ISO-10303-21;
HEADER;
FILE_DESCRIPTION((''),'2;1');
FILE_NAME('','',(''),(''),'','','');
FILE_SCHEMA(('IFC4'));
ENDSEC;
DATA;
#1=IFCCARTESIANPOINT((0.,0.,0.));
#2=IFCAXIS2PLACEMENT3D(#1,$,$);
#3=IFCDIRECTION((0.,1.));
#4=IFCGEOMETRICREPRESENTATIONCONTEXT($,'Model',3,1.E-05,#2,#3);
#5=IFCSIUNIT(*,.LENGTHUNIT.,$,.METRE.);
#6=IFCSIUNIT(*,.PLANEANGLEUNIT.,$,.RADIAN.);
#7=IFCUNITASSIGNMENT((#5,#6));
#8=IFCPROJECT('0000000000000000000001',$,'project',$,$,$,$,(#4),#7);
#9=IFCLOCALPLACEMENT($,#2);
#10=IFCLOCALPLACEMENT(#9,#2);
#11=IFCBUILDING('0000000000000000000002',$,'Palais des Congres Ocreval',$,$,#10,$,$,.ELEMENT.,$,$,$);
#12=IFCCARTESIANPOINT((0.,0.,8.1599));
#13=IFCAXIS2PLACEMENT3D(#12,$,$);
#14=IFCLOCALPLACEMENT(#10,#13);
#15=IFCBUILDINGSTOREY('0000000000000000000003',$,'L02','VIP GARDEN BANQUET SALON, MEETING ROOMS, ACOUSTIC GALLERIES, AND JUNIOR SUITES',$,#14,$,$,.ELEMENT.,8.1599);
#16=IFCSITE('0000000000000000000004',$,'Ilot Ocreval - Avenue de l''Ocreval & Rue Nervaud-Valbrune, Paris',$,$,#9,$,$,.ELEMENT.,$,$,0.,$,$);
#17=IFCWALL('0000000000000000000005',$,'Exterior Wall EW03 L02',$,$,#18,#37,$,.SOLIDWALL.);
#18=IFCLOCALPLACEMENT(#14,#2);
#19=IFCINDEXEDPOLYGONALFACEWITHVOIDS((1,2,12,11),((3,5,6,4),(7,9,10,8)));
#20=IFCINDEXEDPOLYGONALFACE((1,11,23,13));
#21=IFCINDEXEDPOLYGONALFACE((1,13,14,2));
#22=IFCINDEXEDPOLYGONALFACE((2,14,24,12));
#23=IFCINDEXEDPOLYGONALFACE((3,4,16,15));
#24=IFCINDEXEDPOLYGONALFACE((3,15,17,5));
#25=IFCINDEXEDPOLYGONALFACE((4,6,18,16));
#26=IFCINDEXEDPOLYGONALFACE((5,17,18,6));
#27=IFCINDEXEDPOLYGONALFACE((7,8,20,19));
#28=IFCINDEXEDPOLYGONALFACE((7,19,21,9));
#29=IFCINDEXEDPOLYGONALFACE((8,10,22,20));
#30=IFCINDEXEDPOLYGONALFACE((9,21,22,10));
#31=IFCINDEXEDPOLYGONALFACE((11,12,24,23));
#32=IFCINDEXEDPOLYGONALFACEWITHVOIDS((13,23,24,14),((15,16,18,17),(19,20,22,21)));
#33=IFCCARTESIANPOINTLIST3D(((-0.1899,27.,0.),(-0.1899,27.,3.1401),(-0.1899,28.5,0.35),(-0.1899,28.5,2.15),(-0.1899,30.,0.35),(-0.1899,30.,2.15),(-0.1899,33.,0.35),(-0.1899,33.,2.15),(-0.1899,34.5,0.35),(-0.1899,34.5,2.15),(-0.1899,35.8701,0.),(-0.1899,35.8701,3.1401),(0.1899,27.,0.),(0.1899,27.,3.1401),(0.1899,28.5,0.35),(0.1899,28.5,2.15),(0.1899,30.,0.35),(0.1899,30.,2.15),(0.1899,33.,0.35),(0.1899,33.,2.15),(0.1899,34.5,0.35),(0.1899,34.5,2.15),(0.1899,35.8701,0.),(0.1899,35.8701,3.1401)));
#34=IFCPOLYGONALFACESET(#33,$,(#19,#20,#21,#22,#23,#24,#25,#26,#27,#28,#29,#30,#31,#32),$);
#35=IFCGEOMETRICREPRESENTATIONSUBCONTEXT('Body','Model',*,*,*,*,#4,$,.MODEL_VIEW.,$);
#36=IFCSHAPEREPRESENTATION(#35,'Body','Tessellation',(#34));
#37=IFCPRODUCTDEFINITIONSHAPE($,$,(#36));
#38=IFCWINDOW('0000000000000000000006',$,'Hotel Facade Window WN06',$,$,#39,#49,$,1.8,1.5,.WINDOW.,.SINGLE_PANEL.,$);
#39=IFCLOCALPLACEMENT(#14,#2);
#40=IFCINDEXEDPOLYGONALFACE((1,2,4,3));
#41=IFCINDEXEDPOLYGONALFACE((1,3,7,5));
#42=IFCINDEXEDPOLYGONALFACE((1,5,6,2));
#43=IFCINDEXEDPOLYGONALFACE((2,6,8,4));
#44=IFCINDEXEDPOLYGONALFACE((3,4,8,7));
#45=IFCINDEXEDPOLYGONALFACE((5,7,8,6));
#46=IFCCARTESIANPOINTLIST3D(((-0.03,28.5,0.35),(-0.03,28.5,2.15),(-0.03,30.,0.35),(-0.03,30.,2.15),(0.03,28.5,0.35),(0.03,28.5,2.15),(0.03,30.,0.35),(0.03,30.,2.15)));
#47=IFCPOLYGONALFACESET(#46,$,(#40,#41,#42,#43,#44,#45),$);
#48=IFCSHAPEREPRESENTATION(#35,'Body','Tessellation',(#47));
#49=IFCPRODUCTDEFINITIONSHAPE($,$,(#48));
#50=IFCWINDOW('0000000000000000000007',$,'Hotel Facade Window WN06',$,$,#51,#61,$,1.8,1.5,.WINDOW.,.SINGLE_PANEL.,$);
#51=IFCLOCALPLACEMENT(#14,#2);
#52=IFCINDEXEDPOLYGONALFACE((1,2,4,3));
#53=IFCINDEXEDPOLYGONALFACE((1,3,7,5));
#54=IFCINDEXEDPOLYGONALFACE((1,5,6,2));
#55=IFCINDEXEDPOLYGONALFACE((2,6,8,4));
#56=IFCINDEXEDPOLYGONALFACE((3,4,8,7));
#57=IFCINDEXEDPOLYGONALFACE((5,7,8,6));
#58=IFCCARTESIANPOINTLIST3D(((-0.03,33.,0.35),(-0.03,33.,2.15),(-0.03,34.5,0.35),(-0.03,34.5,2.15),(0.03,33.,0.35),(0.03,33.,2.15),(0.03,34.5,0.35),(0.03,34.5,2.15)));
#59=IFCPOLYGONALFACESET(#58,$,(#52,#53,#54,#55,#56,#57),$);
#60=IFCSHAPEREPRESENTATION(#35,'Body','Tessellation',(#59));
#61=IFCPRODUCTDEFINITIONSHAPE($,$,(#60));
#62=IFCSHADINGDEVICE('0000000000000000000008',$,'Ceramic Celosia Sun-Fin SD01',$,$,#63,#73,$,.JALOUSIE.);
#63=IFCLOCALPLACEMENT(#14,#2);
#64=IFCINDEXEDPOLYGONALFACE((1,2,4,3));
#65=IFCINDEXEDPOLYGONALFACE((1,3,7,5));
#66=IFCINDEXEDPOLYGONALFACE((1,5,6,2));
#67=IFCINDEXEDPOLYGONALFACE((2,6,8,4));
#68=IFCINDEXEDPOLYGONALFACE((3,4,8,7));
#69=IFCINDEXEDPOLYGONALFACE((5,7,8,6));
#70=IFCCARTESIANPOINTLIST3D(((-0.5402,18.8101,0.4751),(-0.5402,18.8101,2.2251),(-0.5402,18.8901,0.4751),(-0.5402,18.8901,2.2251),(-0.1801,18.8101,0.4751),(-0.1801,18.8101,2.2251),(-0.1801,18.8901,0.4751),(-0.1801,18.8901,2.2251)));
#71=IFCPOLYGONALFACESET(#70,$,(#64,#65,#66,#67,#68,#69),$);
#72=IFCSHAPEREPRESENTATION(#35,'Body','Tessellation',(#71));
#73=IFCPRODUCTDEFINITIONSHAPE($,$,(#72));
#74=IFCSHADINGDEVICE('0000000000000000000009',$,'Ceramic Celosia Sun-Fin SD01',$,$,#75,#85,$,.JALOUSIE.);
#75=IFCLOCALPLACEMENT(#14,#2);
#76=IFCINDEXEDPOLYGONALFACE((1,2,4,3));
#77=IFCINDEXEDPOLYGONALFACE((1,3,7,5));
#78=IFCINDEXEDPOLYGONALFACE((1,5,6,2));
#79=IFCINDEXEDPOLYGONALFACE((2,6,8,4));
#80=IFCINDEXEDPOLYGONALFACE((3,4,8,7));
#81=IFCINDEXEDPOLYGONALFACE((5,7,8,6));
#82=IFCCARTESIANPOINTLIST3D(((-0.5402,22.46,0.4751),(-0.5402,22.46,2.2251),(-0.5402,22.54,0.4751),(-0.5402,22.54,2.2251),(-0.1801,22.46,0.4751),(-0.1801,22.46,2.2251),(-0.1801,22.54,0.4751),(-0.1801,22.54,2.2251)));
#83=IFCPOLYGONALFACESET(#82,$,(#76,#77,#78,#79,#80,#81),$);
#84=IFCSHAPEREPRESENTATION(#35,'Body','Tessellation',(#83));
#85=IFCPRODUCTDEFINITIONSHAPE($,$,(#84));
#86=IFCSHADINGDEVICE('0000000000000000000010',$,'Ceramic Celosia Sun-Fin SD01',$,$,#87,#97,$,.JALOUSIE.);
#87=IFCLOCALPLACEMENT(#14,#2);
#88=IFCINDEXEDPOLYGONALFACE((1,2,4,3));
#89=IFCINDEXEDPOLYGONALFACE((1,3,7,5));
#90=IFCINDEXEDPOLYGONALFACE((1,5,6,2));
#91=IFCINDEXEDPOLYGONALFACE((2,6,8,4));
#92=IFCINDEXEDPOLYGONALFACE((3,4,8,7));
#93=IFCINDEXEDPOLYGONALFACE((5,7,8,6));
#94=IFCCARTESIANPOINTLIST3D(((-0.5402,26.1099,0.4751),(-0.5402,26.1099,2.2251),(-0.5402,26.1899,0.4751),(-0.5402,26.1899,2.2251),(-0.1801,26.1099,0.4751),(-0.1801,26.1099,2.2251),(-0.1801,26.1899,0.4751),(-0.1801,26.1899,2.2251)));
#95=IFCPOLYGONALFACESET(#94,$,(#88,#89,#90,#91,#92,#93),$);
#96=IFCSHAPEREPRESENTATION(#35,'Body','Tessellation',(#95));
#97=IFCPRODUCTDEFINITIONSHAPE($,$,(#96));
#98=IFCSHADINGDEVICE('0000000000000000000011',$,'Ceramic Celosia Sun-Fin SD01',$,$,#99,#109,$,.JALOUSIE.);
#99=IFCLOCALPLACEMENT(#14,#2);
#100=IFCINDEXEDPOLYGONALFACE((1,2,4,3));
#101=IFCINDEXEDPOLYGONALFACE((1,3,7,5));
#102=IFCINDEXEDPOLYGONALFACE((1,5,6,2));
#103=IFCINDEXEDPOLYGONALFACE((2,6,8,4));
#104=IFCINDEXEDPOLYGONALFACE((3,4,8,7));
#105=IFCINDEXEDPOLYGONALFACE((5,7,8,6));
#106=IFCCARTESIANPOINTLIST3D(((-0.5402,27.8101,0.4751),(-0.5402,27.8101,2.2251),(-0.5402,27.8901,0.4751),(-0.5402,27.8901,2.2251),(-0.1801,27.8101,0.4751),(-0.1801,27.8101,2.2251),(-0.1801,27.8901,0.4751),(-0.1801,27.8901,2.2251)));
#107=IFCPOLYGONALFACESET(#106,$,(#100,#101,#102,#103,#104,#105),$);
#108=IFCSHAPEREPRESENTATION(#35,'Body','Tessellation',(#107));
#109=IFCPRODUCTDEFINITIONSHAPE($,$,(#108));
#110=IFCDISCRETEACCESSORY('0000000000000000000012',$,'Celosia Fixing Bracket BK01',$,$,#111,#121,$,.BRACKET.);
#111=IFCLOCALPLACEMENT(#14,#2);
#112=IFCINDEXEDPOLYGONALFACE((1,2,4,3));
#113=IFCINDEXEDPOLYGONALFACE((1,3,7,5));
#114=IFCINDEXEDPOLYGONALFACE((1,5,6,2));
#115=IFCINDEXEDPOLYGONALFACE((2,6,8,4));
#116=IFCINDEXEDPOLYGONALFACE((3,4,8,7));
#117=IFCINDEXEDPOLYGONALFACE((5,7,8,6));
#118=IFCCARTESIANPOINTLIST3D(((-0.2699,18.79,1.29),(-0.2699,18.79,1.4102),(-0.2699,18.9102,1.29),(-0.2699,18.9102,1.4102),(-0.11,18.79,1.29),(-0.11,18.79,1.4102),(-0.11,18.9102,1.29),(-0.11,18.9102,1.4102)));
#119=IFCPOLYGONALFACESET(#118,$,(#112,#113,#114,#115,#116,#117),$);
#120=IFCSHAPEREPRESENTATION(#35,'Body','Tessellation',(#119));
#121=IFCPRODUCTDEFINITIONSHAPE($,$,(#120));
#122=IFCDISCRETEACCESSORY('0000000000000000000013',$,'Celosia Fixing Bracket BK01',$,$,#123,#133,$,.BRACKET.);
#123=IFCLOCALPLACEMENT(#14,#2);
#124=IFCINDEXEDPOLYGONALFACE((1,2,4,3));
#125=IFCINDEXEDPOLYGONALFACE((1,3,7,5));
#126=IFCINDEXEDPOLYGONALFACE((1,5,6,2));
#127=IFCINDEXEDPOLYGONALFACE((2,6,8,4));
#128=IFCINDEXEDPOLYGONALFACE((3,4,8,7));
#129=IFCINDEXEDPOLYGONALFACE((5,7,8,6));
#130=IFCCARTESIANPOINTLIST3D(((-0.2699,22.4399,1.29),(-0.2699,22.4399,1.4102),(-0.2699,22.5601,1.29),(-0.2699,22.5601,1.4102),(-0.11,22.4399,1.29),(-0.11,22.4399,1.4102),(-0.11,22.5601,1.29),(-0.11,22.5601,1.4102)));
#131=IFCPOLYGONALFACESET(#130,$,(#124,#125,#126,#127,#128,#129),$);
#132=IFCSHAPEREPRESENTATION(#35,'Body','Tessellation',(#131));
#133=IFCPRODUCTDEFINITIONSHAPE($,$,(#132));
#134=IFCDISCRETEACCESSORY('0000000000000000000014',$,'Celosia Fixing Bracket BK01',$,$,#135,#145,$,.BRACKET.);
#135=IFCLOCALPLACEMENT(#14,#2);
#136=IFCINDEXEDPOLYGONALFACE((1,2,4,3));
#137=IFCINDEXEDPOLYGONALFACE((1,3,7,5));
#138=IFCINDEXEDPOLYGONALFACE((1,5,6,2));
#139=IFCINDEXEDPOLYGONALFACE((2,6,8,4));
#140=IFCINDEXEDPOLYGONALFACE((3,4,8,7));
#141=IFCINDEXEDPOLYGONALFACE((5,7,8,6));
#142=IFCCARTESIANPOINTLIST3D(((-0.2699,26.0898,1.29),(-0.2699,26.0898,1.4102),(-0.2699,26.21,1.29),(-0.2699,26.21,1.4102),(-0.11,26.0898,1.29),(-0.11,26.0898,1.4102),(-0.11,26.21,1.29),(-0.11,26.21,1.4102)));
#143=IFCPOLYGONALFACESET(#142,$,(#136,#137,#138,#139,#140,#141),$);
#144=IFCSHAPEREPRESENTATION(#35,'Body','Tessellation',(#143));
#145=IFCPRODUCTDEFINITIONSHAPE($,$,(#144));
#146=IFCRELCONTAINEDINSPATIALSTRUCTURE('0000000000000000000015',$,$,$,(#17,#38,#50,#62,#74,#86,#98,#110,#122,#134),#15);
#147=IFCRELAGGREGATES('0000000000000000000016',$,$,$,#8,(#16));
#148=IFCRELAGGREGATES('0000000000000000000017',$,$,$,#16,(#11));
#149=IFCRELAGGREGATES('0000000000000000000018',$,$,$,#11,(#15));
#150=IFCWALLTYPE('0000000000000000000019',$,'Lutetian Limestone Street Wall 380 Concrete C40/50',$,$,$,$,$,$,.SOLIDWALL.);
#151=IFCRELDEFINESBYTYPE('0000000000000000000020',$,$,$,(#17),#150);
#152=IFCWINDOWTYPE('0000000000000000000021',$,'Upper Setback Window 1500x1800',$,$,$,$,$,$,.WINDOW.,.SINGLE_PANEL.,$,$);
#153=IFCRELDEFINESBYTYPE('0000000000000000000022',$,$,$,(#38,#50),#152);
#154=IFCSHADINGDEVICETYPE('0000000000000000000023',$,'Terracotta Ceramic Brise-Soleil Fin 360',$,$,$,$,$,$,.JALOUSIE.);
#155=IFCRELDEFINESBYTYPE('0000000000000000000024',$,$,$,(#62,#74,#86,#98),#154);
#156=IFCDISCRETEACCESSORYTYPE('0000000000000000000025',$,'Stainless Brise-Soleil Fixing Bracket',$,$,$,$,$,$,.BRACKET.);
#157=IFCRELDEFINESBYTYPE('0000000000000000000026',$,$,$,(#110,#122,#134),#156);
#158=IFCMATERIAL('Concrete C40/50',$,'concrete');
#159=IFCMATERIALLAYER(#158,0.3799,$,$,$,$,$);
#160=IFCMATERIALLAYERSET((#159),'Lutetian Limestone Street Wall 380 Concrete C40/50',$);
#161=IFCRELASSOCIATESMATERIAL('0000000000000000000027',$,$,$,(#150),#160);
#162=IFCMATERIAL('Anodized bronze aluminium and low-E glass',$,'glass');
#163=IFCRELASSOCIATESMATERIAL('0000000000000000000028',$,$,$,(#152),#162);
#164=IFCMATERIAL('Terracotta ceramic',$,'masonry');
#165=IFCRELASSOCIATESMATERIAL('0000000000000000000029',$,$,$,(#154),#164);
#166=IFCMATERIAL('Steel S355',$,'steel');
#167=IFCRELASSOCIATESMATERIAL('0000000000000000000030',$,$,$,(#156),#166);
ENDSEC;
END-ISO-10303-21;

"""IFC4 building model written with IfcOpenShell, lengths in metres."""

from ifc_helpers import new_model, si_unit, direction, frame, frame_2d, origin, origin_2d, place, context, subcontext, project, spatial, rectangle, extrude, material, layer, layer_set, type_object, element, fill, save


model = new_model("IFC4")

# Units and contexts
model_context = context("Model", 3, precision=1e-05, world=origin(), true_north=direction((0.0, 1.0)))
body_context = subcontext(model_context, "Body", "Model", "MODEL_VIEW")
ifc_project = project(units=[si_unit("LENGTHUNIT", "METRE"), si_unit("PLANEANGLEUNIT", "RADIAN")], contexts=[model_context])

# Site, building, storey
site_placement = place(None, origin())
site = spatial("IfcSite", under=ifc_project, at=site_placement, Name="Ilot Ocreval - Avenue de l'Ocreval & Rue Nervaud-Valbrune, Paris", CompositionType="ELEMENT", RefElevation=0.0)
building_placement = place(site_placement, origin())
building = spatial("IfcBuilding", under=site, at=building_placement, Name="Palais des Congres Ocreval", CompositionType="ELEMENT")
storey_placement = place(building_placement, frame((0.0, 0.0, 8.1599)))
storey = spatial("IfcBuildingStorey", under=building, at=storey_placement, Name="L02", Description="VIP GARDEN BANQUET SALON, MEETING ROOMS, ACOUSTIC GALLERIES, AND JUNIOR SUITES", CompositionType="ELEMENT", Elevation=8.1599)

# Shared definitions
ifc_material_1 = material(Name="Steel S355", Category="steel")
ifc_material_2 = material(Name="Concrete C40/50", Category="concrete")

# Wall, openings, windows
ifc_layer_1 = layer(ifc_material_2, 0.3799)
ifc_layer_set_1 = layer_set([ifc_layer_1], Name="Lutetian Limestone Street Wall 380 Concrete C40/50")
wall_type_1 = type_object("IfcWallType", Name="Lutetian Limestone Street Wall 380 Concrete C40/50", PredefinedType="SOLIDWALL", material=ifc_layer_set_1)
wall_1_placement = place(storey_placement, frame((0.0, 27.0, 0.0), z_axis=(0.0, 0.0, 1.0), x_axis=(0.0, 1.0, 0.0)))
wall_1 = element("IfcWall", 1, at=wall_1_placement, inside=storey, type_object=wall_type_1, Name="Exterior Wall EW03 L02", PredefinedType="SOLIDWALL", context=body_context, shape_type="SweptSolid", body=[
    extrude(rectangle(XDim=8.8701, YDim=0.3799, at=frame_2d((4.4351, 0.0))), origin(), (0.0, 0.0, 1.0), 3.1401),
])
opening_1_placement = place(wall_1_placement, frame((1.5, 0.0, 0.3501)))
opening_1 = element("IfcOpeningElement", 2, at=opening_1_placement, cuts=wall_1, PredefinedType="OPENING", context=body_context, shape_type="SweptSolid", body=[
    extrude(rectangle(XDim=1.5, YDim=1.8, at=frame_2d((0.75, 0.8999))), frame((0.0, 0.2, 0.0), z_axis=(0.0, -1.0, 0.0), x_axis=(1.0, 0.0, 0.0)), (0.0, 0.0, 1.0), 0.3999),
])
opening_2_placement = place(wall_1_placement, frame((6.0, 0.0, 0.3501)))
opening_2 = element("IfcOpeningElement", 3, at=opening_2_placement, cuts=wall_1, PredefinedType="OPENING", context=body_context, shape_type="SweptSolid", body=[
    extrude(rectangle(XDim=1.5, YDim=1.8, at=frame_2d((0.75, 0.8999))), frame((0.0, 0.2, 0.0), z_axis=(0.0, -1.0, 0.0), x_axis=(1.0, 0.0, 0.0)), (0.0, 0.0, 1.0), 0.3999),
])
ifc_material_3 = material(Name="Anodized bronze aluminium and low-E glass", Category="glass")
window_type = type_object("IfcWindowType", Name="Upper Setback Window 1500x1800", PartitioningType="SINGLE_PANEL", PredefinedType="WINDOW", material=ifc_material_3)
window_1_placement = place(opening_1_placement, origin())
window_1 = element("IfcWindow", 4, at=window_1_placement, inside=storey, type_object=window_type, Name="Hotel Facade Window WN06", OverallHeight=1.8, OverallWidth=1.5, PartitioningType="SINGLE_PANEL", PredefinedType="WINDOW", context=body_context, shape_type="SweptSolid", body=[
    extrude(rectangle(XDim=1.5, YDim=1.8, at=frame_2d((0.75, 0.8999))), frame((0.0, 0.03, 0.0), z_axis=(0.0, -1.0, 0.0), x_axis=(1.0, 0.0, 0.0)), (0.0, 0.0, 1.0), 0.0601),
])
fill(opening_1, window_1)
window_2_placement = place(opening_2_placement, origin())
window_2 = element("IfcWindow", 5, at=window_2_placement, inside=storey, type_object=window_type, Name="Hotel Facade Window WN06", OverallHeight=1.8, OverallWidth=1.5, PartitioningType="SINGLE_PANEL", PredefinedType="WINDOW", context=body_context, shape_type="SweptSolid", body=[
    extrude(rectangle(XDim=1.5, YDim=1.8, at=frame_2d((0.75, 0.8999))), frame((0.0, 0.03, 0.0), z_axis=(0.0, -1.0, 0.0), x_axis=(1.0, 0.0, 0.0)), (0.0, 0.0, 1.0), 0.0601),
])
fill(opening_2, window_2)

# Shading devices
ifc_material_4 = material(Name="Terracotta ceramic", Category="masonry")
shading_device_type = type_object("IfcShadingDeviceType", Name="Terracotta Ceramic Brise-Soleil Fin 360", PredefinedType="JALOUSIE", material=ifc_material_4)
for number, where, z_axis, x_axis, name in (
    (6, (-0.3601, 18.8501, 0.4751), (0.0, 0.0, 1.0), (-1.0, 0.0, 0.0), "Ceramic Celosia Sun-Fin SD01"),
    (7, (-0.3601, 22.5, 0.4751), (0.0, 0.0, 1.0), (-1.0, 0.0, 0.0), "Ceramic Celosia Sun-Fin SD01"),
    (8, (-0.3601, 26.1499, 0.4751), (0.0, 0.0, 1.0), (-1.0, 0.0, 0.0), "Ceramic Celosia Sun-Fin SD01"),
    (9, (-0.3601, 27.8501, 0.4751), (0.0, 0.0, 1.0), (-1.0, 0.0, 0.0), "Ceramic Celosia Sun-Fin SD01"),
):
    element("IfcShadingDevice", number, at=place(storey_placement, frame(where, z_axis=z_axis, x_axis=x_axis)), inside=storey, type_object=shading_device_type, Name=name, PredefinedType="JALOUSIE", context=body_context, shape_type="SweptSolid", body=[
        extrude(rectangle(XDim=0.3601, YDim=0.0801, at=origin_2d()), origin(), (0.0, 0.0, 1.0), 1.75),
    ])

# Discrete accessories
discrete_accessory_type = type_object("IfcDiscreteAccessoryType", Name="Stainless Brise-Soleil Fixing Bracket", PredefinedType="BRACKET", material=ifc_material_1)
for number, where, z_axis, x_axis, name in (
    (10, (-0.1899, 18.8501, 1.29), (0.0, 0.0, 1.0), (-1.0, 0.0, 0.0), "Celosia Fixing Bracket BK01"),
    (11, (-0.1899, 22.5, 1.29), (0.0, 0.0, 1.0), (-1.0, 0.0, 0.0), "Celosia Fixing Bracket BK01"),
    (12, (-0.1899, 26.1499, 1.29), (0.0, 0.0, 1.0), (-1.0, 0.0, 0.0), "Celosia Fixing Bracket BK01"),
):
    element("IfcDiscreteAccessory", number, at=place(storey_placement, frame(where, z_axis=z_axis, x_axis=x_axis)), inside=storey, type_object=discrete_accessory_type, Name=name, PredefinedType="BRACKET", context=body_context, shape_type="SweptSolid", body=[
        extrude(rectangle(XDim=0.1599, YDim=0.1201, at=origin_2d()), origin(), (0.0, 0.0, 1.0), 0.1201),
    ])

save(model, "model.ifc")
